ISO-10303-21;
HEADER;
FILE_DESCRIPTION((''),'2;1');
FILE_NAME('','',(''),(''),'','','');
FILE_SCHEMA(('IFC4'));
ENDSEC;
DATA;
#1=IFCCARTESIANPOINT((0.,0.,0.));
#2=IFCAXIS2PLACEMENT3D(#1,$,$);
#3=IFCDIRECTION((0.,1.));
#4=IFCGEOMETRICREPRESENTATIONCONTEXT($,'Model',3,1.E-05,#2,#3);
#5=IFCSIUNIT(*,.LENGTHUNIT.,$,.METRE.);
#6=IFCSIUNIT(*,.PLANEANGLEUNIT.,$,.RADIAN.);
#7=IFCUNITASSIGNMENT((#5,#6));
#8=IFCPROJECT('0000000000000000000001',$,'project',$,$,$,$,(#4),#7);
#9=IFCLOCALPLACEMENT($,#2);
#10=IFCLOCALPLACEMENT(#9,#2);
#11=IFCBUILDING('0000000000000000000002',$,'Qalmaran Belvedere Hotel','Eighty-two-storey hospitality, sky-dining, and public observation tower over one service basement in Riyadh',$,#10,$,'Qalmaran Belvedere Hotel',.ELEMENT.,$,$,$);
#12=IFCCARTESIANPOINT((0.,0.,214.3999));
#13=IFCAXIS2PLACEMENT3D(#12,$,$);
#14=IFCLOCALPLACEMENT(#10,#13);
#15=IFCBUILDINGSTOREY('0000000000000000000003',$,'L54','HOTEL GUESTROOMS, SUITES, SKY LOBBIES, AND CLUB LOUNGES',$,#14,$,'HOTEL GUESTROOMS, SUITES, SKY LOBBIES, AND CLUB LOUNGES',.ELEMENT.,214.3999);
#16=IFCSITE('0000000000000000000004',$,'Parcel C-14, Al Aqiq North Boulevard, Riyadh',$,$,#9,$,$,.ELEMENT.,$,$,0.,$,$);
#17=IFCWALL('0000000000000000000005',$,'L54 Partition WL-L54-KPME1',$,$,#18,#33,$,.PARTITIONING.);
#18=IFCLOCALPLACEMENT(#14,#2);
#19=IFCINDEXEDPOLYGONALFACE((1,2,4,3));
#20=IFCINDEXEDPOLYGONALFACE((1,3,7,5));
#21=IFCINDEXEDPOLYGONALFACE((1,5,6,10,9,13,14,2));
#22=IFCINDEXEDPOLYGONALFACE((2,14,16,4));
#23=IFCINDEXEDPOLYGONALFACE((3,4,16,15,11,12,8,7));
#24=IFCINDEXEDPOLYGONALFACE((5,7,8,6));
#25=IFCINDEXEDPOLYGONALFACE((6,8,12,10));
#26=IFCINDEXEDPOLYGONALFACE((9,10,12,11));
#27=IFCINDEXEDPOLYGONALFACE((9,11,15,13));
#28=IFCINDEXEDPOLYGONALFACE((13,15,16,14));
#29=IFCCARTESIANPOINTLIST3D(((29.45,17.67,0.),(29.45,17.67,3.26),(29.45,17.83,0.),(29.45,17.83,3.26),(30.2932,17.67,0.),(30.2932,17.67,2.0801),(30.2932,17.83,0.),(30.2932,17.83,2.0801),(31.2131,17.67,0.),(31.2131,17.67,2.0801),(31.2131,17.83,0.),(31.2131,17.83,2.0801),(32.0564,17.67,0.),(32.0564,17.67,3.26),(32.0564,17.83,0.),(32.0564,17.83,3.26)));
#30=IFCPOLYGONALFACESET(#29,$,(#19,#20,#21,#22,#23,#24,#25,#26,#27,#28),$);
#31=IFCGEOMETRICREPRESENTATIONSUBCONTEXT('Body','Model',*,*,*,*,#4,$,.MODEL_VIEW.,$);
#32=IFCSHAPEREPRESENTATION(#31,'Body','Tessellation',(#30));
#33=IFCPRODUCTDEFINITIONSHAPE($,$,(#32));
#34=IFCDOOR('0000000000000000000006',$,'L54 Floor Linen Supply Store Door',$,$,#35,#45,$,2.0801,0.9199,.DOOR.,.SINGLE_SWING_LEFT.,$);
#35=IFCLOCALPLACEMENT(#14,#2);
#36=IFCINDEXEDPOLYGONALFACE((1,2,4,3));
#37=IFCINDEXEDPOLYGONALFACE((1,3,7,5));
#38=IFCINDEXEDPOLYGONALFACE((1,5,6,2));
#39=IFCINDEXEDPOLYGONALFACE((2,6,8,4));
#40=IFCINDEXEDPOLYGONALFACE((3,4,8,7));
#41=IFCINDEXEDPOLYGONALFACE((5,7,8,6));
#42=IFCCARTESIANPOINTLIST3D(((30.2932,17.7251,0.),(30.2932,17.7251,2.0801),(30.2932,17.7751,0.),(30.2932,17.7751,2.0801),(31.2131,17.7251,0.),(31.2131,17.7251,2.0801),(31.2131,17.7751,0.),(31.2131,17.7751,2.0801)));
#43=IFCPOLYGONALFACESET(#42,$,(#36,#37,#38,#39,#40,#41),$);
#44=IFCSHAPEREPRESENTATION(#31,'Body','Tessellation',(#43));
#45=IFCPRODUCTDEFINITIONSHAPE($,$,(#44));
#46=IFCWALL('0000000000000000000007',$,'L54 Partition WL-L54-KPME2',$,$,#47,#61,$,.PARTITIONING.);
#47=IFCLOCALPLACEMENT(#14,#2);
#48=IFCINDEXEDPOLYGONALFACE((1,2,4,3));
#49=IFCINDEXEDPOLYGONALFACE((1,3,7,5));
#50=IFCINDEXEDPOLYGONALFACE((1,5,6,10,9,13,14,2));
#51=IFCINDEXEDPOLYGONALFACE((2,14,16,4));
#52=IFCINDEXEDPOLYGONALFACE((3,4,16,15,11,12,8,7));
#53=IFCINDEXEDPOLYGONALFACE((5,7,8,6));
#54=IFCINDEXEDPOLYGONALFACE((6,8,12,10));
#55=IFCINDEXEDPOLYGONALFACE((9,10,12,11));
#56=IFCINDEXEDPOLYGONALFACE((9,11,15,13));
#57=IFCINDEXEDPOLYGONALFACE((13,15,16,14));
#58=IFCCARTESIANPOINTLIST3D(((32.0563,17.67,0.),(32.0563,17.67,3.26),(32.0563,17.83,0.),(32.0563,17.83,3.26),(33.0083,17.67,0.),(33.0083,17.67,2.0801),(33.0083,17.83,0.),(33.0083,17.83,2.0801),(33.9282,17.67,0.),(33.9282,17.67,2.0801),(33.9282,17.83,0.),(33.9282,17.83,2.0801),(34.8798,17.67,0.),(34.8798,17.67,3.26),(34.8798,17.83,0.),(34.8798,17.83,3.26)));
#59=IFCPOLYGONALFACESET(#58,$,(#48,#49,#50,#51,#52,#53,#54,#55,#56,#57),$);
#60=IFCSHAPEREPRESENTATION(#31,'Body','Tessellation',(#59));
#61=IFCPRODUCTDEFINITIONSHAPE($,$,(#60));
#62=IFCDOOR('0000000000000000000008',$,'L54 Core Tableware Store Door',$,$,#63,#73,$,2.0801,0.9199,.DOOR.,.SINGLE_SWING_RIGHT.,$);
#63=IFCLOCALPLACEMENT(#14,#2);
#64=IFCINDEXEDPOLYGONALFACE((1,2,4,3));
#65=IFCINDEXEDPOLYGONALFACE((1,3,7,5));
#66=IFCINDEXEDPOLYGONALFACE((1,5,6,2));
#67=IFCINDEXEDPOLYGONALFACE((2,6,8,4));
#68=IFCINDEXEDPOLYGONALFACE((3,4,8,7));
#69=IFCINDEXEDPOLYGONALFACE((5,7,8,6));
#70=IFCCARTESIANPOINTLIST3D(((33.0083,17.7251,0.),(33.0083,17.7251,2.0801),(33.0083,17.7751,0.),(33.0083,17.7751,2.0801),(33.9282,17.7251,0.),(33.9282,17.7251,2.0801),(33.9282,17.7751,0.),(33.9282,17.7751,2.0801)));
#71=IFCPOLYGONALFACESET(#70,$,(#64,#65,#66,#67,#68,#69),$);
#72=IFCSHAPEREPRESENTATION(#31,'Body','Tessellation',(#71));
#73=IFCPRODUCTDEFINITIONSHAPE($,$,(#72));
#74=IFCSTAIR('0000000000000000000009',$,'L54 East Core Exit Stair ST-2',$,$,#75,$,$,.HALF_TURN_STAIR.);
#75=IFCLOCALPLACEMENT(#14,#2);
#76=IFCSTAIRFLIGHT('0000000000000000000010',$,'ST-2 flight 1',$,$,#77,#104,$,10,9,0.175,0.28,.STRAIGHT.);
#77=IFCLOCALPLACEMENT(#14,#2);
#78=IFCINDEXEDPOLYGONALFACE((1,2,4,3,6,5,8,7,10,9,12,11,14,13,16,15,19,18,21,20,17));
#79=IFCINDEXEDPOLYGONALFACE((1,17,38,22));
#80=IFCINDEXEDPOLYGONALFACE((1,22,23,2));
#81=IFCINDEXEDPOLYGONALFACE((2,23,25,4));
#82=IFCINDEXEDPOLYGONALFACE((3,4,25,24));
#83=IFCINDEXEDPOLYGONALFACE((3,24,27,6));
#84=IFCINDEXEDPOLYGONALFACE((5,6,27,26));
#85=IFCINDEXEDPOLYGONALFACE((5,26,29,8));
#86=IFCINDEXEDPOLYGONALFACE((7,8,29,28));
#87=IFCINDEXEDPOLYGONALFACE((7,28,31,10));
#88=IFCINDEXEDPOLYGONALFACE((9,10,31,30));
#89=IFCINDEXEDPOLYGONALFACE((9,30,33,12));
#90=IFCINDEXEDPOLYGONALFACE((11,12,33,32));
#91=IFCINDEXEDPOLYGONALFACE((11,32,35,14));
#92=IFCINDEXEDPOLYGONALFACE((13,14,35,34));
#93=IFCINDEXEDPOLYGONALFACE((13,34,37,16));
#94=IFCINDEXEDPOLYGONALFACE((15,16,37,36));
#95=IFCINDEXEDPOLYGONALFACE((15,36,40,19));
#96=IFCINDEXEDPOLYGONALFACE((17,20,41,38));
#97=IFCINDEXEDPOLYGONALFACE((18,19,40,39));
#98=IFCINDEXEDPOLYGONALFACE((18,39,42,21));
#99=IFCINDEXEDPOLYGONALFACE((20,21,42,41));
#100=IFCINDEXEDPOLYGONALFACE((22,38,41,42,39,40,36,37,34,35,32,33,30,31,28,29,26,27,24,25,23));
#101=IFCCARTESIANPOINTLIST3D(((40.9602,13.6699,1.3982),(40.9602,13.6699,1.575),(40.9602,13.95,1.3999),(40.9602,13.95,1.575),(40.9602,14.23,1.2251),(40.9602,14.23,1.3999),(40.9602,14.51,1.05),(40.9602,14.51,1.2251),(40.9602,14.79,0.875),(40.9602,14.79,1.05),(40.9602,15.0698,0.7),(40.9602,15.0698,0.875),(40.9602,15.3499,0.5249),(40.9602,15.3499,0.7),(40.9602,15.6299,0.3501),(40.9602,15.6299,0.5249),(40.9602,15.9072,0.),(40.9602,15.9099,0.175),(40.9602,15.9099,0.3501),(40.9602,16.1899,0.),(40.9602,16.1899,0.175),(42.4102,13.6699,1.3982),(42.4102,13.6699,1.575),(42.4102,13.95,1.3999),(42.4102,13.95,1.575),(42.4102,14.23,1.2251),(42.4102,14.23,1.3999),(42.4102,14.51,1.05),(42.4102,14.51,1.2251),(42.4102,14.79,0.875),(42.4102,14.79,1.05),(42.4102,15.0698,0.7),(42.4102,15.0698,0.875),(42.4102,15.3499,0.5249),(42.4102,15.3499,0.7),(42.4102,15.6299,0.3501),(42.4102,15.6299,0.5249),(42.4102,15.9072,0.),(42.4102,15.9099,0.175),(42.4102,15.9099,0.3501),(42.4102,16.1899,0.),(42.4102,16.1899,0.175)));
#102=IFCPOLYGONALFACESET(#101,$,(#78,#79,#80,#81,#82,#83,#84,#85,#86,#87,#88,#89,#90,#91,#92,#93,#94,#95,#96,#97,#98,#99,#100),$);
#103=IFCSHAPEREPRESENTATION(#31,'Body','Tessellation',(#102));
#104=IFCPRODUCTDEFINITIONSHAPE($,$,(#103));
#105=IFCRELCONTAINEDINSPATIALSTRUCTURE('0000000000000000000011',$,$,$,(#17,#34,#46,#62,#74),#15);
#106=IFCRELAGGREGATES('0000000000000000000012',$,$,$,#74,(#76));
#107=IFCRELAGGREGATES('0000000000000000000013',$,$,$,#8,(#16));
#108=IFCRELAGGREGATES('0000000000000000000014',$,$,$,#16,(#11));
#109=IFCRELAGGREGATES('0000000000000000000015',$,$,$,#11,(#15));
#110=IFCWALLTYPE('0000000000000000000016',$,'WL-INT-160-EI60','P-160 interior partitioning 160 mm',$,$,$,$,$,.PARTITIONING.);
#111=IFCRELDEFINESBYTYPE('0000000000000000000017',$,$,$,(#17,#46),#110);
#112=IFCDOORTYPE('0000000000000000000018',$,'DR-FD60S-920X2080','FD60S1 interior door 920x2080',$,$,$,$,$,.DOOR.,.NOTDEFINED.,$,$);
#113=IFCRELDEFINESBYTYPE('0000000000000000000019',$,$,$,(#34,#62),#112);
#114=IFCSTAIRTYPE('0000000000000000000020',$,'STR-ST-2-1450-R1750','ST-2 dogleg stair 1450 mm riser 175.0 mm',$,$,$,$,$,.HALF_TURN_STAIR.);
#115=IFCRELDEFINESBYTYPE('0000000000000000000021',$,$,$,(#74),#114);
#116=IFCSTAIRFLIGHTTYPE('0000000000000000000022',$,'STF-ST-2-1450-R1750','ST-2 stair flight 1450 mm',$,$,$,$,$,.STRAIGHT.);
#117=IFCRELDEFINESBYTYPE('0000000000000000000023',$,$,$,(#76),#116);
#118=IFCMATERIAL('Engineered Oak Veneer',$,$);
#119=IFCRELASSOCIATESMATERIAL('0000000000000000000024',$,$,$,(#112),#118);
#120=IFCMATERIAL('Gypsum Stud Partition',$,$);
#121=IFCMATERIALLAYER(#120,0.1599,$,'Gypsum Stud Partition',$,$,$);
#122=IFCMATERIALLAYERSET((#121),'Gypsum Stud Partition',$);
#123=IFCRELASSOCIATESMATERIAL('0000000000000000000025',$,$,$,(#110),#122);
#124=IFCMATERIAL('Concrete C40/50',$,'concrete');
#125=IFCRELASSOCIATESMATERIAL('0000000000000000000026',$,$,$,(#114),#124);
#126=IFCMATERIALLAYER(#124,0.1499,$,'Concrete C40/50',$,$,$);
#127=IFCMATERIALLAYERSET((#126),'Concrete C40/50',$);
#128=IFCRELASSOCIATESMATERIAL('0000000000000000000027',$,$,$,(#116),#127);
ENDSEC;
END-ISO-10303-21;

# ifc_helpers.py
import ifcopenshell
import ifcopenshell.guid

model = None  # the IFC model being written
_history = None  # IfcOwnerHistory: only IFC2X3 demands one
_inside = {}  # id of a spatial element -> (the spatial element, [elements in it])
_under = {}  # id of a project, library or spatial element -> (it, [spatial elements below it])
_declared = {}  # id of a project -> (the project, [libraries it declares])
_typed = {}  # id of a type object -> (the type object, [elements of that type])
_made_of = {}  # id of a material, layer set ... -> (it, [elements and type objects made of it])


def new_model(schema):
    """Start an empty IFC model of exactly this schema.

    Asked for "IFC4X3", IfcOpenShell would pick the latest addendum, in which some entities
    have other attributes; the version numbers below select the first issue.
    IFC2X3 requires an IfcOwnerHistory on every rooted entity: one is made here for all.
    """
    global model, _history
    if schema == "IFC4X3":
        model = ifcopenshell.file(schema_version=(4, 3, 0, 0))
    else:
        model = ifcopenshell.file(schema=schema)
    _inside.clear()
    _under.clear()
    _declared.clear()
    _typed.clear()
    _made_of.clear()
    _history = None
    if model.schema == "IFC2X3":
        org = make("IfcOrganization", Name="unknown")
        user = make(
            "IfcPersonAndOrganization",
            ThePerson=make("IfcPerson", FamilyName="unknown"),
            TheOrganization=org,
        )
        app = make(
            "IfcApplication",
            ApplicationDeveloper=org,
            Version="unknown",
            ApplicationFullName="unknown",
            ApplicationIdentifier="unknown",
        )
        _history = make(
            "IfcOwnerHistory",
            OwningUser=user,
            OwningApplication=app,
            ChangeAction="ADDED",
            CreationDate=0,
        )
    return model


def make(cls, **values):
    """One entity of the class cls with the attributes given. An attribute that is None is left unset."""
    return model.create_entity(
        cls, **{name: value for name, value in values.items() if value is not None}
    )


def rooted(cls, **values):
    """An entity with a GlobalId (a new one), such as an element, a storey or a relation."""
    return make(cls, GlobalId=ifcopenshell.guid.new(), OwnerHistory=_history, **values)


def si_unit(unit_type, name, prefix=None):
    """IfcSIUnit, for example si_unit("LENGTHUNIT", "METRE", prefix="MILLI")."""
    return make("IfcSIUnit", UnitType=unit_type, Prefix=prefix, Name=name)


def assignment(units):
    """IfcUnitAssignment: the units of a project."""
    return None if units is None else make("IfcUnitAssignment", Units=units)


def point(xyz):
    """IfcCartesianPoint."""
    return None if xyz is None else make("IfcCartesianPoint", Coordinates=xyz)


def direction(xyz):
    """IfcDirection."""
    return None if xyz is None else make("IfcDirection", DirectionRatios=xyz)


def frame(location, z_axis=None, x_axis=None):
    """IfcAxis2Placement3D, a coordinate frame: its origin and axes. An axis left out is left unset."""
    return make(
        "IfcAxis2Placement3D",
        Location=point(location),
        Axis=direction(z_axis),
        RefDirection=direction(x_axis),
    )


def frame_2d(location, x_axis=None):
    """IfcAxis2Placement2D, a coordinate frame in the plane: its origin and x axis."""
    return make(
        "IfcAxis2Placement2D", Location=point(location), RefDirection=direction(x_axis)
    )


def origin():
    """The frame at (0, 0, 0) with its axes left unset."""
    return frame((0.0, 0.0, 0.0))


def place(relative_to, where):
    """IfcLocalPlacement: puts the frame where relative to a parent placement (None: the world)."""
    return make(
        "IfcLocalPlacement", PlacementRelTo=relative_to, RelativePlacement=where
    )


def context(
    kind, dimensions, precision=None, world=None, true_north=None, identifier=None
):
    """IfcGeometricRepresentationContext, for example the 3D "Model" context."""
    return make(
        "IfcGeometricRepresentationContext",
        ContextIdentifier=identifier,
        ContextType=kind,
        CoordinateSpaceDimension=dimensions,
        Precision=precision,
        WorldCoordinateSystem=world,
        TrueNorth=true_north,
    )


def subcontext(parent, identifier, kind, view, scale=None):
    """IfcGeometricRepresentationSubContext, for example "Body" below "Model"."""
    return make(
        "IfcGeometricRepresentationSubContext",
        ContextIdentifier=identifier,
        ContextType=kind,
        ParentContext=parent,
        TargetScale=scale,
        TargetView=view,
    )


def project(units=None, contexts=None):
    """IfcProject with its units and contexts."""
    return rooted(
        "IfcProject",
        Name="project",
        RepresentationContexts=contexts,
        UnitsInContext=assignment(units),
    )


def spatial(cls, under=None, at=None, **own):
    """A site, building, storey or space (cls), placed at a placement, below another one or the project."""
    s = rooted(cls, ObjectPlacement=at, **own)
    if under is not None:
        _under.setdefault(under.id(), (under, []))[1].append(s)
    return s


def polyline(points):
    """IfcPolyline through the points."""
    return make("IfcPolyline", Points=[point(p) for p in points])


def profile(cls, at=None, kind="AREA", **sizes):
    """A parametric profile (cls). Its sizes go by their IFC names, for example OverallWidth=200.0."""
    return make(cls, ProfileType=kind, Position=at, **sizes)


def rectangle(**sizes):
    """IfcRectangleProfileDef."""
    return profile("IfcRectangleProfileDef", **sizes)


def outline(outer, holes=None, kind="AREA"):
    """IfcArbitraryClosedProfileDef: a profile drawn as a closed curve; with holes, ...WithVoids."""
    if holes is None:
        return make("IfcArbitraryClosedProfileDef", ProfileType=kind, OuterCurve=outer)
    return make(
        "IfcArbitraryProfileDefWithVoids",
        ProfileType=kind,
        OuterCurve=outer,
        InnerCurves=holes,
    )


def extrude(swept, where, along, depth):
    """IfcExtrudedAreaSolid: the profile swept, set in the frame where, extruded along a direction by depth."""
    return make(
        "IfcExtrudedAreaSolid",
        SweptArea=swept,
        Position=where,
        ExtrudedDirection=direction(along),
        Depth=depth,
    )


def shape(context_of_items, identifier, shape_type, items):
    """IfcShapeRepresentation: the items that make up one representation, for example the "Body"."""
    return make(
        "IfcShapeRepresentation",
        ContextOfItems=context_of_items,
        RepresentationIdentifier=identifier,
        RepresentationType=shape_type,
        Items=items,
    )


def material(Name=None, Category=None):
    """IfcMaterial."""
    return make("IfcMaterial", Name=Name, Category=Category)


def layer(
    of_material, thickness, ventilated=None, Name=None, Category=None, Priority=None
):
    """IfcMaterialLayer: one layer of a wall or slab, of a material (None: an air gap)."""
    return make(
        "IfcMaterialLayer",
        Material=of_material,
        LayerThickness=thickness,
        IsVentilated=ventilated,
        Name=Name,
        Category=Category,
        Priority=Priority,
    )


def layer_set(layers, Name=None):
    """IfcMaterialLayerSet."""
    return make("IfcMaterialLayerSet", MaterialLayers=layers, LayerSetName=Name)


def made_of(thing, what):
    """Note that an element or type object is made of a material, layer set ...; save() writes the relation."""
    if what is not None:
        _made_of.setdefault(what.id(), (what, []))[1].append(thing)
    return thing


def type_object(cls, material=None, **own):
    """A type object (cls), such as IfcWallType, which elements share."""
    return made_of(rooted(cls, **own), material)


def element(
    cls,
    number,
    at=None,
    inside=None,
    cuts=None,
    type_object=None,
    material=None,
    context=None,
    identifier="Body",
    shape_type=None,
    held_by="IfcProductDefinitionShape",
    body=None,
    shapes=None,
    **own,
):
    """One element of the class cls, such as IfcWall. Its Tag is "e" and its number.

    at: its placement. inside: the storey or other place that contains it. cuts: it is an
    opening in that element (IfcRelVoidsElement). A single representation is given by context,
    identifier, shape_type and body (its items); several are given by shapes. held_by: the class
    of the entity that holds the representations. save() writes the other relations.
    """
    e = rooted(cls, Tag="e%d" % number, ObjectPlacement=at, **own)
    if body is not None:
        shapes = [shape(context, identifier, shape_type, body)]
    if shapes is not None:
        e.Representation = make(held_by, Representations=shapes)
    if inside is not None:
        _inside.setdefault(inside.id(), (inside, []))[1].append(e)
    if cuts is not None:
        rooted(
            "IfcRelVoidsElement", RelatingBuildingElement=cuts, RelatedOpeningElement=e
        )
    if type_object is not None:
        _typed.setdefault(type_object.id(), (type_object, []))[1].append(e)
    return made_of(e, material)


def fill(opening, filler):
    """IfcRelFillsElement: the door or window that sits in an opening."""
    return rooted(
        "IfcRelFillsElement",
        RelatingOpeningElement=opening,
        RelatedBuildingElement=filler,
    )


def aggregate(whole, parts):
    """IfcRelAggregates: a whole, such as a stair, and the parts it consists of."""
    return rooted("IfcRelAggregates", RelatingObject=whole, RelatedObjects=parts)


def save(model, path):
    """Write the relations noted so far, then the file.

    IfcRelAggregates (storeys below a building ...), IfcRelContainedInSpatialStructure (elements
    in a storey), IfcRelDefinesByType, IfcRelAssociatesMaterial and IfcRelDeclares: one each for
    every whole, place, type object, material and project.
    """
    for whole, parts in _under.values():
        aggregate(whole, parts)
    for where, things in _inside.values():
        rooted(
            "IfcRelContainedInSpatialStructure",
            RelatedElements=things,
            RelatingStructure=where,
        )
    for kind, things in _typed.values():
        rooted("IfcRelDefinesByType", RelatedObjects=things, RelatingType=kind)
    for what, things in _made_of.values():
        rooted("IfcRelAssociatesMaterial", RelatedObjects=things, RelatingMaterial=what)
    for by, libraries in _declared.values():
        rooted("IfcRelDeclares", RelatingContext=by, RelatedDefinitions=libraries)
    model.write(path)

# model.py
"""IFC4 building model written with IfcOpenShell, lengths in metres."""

from ifc_helpers import new_model, si_unit, direction, frame, frame_2d, origin, place, context, subcontext, project, spatial, polyline, rectangle, outline, extrude, material, layer, layer_set, type_object, element, fill, aggregate, save


model = new_model("IFC4")

# Units and contexts
model_context = context("Model", 3, precision=1e-05, world=origin(), true_north=direction((0.0, 1.0)))
body_context = subcontext(model_context, "Body", "Model", "MODEL_VIEW")
ifc_project = project(units=[si_unit("LENGTHUNIT", "METRE"), si_unit("PLANEANGLEUNIT", "RADIAN")], contexts=[model_context])

# Site, building, storey
site_placement = place(None, origin())
site = spatial("IfcSite", under=ifc_project, at=site_placement, Name="Parcel C-14, Al Aqiq North Boulevard, Riyadh", CompositionType="ELEMENT", RefElevation=0.0)
building_placement = place(site_placement, origin())
building = spatial("IfcBuilding", under=site, at=building_placement, Name="Qalmaran Belvedere Hotel", Description="Eighty-two-storey hospitality, sky-dining, and public observation tower over one service basement in Riyadh", LongName="Qalmaran Belvedere Hotel", CompositionType="ELEMENT")
storey_placement = place(building_placement, frame((0.0, 0.0, 214.3999)))
storey = spatial("IfcBuildingStorey", under=building, at=storey_placement, Name="L54", Description="HOTEL GUESTROOMS, SUITES, SKY LOBBIES, AND CLUB LOUNGES", LongName="HOTEL GUESTROOMS, SUITES, SKY LOBBIES, AND CLUB LOUNGES", CompositionType="ELEMENT", Elevation=214.3999)

# Shared definitions
ifc_material_1 = material(Name="Gypsum Stud Partition")

# Shared definitions
ifc_material_2 = material(Name="Engineered Oak Veneer")
door_type_1 = type_object("IfcDoorType", Name="DR-FD60S-920X2080", Description="FD60S1 interior door 920x2080", OperationType="NOTDEFINED", PredefinedType="DOOR", material=ifc_material_2)

# Walls, openings, doors
ifc_layer_1 = layer(ifc_material_1, 0.1599, Name="Gypsum Stud Partition")
ifc_layer_set_1 = layer_set([ifc_layer_1], Name="Gypsum Stud Partition")
wall_type_1 = type_object("IfcWallType", Name="WL-INT-160-EI60", Description="P-160 interior partitioning 160 mm", PredefinedType="PARTITIONING", material=ifc_layer_set_1)
wall_1_placement = place(storey_placement, frame((29.45, 17.75, 0.0), z_axis=(0.0, 0.0, 1.0), x_axis=(1.0, 0.0, 0.0)))
wall_1 = element("IfcWall", 1, at=wall_1_placement, inside=storey, type_object=wall_type_1, Name="L54 Partition WL-L54-KPME1", PredefinedType="PARTITIONING", context=body_context, shape_type="SweptSolid", body=[
    extrude(rectangle(XDim=2.6064, YDim=0.1599, at=frame_2d((1.3032, 0.0))), origin(), (0.0, 0.0, 1.0), 3.26),
])
opening_1_placement = place(wall_1_placement, frame((1.7632, 0.0, 0.0), z_axis=(0.0, 0.0, 1.0), x_axis=(-1.0, 0.0, 0.0)))
opening_1 = element("IfcOpeningElement", 2, at=opening_1_placement, cuts=wall_1, PredefinedType="OPENING", context=body_context, shape_type="SweptSolid", body=[
    extrude(rectangle(XDim=0.9199, YDim=2.0801, at=frame_2d((0.46, 1.04))), frame((0.0, 0.0898, 0.0), z_axis=(0.0, -1.0, 0.0), x_axis=(1.0, 0.0, 0.0)), (0.0, 0.0, 1.0), 0.1799),
])
door_1_placement = place(opening_1_placement, origin())
door_1 = element("IfcDoor", 3, at=door_1_placement, inside=storey, type_object=door_type_1, Name="L54 Floor Linen Supply Store Door", OperationType="SINGLE_SWING_LEFT", OverallHeight=2.0801, OverallWidth=0.9199, PredefinedType="DOOR", context=body_context, shape_type="SweptSolid", body=[
    extrude(rectangle(XDim=0.9199, YDim=2.0801, at=frame_2d((0.46, 1.04))), frame((0.0, 0.0249, 0.0), z_axis=(0.0, -1.0, 0.0), x_axis=(1.0, 0.0, 0.0)), (0.0, 0.0, 1.0), 0.05),
])
fill(opening_1, door_1)
wall_2_placement = place(storey_placement, frame((32.0564, 17.75, 0.0), z_axis=(0.0, 0.0, 1.0), x_axis=(1.0, 0.0, 0.0)))
wall_2 = element("IfcWall", 4, at=wall_2_placement, inside=storey, type_object=wall_type_1, Name="L54 Partition WL-L54-KPME2", PredefinedType="PARTITIONING", context=body_context, shape_type="SweptSolid", body=[
    extrude(rectangle(XDim=2.8235, YDim=0.1599, at=frame_2d((1.4116, 0.0))), origin(), (0.0, 0.0, 1.0), 3.26),
])
opening_2_placement = place(wall_2_placement, frame((1.8718, 0.0, 0.0), z_axis=(0.0, 0.0, 1.0), x_axis=(-1.0, 0.0, 0.0)))
opening_2 = element("IfcOpeningElement", 5, at=opening_2_placement, cuts=wall_2, PredefinedType="OPENING", context=body_context, shape_type="SweptSolid", body=[
    extrude(rectangle(XDim=0.9199, YDim=2.0801, at=frame_2d((0.46, 1.04))), frame((0.0, 0.0898, 0.0), z_axis=(0.0, -1.0, 0.0), x_axis=(1.0, 0.0, 0.0)), (0.0, 0.0, 1.0), 0.1799),
])
door_2_placement = place(opening_2_placement, origin())
door_2 = element("IfcDoor", 6, at=door_2_placement, inside=storey, type_object=door_type_1, Name="L54 Core Tableware Store Door", OperationType="SINGLE_SWING_RIGHT", OverallHeight=2.0801, OverallWidth=0.9199, PredefinedType="DOOR", context=body_context, shape_type="SweptSolid", body=[
    extrude(rectangle(XDim=0.9199, YDim=2.0801, at=frame_2d((0.46, 1.04))), frame((0.0, 0.0249, 0.0), z_axis=(0.0, -1.0, 0.0), x_axis=(1.0, 0.0, 0.0)), (0.0, 0.0, 1.0), 0.05),
])
fill(opening_2, door_2)

# Stair, stair flight
ifc_material_3 = material(Name="Concrete C40/50", Category="concrete")
stair_type = type_object("IfcStairType", Name="STR-ST-2-1450-R1750", Description="ST-2 dogleg stair 1450 mm riser 175.0 mm", PredefinedType="HALF_TURN_STAIR", material=ifc_material_3)
stair_placement = place(storey_placement, origin())
stair = element("IfcStair", 7, at=stair_placement, inside=storey, type_object=stair_type, Name="L54 East Core Exit Stair ST-2", PredefinedType="HALF_TURN_STAIR")
ifc_layer_2 = layer(ifc_material_3, 0.1499, Name="Concrete C40/50")
ifc_layer_set_2 = layer_set([ifc_layer_2], Name="Concrete C40/50")
stair_flight_type = type_object("IfcStairFlightType", Name="STF-ST-2-1450-R1750", Description="ST-2 stair flight 1450 mm", PredefinedType="STRAIGHT", material=ifc_layer_set_2)
stair_flight_placement = place(storey_placement, frame((41.6851, 16.1899, 0.0), z_axis=(0.0, 0.0, 1.0), x_axis=(0.0, -1.0, 0.0)))
stair_flight = element("IfcStairFlight", 8, at=stair_flight_placement, type_object=stair_flight_type, Name="ST-2 flight 1", NumberOfRisers=10, NumberOfTreads=9, PredefinedType="STRAIGHT", RiserHeight=0.175, TreadLength=0.28, context=body_context, shape_type="SweptSolid", body=[
    extrude(outline(polyline([(0.0, 0.0), (0.0, 0.175), (0.28, 0.175), (0.28, 0.3501), (0.5601, 0.3501), (0.5601, 0.5249), (0.8401, 0.5249), (0.8401, 0.7), (1.1201, 0.7), (1.1201, 0.875), (1.3999, 0.875), (1.3999, 1.05), (1.6799, 1.05), (1.6799, 1.2251), (1.96, 1.2251), (1.96, 1.3999), (2.24, 1.3999), (2.24, 1.575), (2.52, 1.575), (2.52, 1.75), (2.52, 1.3982), (0.2827, 0.0), (0.0, 0.0)])), frame((0.0, 0.7251, 0.0), z_axis=(0.0, -1.0, 0.0), x_axis=(1.0, 0.0, 0.0)), (0.0, 0.0, 1.0), 1.45),
])
aggregate(stair, [stair_flight])

save(model, "model.ifc")
